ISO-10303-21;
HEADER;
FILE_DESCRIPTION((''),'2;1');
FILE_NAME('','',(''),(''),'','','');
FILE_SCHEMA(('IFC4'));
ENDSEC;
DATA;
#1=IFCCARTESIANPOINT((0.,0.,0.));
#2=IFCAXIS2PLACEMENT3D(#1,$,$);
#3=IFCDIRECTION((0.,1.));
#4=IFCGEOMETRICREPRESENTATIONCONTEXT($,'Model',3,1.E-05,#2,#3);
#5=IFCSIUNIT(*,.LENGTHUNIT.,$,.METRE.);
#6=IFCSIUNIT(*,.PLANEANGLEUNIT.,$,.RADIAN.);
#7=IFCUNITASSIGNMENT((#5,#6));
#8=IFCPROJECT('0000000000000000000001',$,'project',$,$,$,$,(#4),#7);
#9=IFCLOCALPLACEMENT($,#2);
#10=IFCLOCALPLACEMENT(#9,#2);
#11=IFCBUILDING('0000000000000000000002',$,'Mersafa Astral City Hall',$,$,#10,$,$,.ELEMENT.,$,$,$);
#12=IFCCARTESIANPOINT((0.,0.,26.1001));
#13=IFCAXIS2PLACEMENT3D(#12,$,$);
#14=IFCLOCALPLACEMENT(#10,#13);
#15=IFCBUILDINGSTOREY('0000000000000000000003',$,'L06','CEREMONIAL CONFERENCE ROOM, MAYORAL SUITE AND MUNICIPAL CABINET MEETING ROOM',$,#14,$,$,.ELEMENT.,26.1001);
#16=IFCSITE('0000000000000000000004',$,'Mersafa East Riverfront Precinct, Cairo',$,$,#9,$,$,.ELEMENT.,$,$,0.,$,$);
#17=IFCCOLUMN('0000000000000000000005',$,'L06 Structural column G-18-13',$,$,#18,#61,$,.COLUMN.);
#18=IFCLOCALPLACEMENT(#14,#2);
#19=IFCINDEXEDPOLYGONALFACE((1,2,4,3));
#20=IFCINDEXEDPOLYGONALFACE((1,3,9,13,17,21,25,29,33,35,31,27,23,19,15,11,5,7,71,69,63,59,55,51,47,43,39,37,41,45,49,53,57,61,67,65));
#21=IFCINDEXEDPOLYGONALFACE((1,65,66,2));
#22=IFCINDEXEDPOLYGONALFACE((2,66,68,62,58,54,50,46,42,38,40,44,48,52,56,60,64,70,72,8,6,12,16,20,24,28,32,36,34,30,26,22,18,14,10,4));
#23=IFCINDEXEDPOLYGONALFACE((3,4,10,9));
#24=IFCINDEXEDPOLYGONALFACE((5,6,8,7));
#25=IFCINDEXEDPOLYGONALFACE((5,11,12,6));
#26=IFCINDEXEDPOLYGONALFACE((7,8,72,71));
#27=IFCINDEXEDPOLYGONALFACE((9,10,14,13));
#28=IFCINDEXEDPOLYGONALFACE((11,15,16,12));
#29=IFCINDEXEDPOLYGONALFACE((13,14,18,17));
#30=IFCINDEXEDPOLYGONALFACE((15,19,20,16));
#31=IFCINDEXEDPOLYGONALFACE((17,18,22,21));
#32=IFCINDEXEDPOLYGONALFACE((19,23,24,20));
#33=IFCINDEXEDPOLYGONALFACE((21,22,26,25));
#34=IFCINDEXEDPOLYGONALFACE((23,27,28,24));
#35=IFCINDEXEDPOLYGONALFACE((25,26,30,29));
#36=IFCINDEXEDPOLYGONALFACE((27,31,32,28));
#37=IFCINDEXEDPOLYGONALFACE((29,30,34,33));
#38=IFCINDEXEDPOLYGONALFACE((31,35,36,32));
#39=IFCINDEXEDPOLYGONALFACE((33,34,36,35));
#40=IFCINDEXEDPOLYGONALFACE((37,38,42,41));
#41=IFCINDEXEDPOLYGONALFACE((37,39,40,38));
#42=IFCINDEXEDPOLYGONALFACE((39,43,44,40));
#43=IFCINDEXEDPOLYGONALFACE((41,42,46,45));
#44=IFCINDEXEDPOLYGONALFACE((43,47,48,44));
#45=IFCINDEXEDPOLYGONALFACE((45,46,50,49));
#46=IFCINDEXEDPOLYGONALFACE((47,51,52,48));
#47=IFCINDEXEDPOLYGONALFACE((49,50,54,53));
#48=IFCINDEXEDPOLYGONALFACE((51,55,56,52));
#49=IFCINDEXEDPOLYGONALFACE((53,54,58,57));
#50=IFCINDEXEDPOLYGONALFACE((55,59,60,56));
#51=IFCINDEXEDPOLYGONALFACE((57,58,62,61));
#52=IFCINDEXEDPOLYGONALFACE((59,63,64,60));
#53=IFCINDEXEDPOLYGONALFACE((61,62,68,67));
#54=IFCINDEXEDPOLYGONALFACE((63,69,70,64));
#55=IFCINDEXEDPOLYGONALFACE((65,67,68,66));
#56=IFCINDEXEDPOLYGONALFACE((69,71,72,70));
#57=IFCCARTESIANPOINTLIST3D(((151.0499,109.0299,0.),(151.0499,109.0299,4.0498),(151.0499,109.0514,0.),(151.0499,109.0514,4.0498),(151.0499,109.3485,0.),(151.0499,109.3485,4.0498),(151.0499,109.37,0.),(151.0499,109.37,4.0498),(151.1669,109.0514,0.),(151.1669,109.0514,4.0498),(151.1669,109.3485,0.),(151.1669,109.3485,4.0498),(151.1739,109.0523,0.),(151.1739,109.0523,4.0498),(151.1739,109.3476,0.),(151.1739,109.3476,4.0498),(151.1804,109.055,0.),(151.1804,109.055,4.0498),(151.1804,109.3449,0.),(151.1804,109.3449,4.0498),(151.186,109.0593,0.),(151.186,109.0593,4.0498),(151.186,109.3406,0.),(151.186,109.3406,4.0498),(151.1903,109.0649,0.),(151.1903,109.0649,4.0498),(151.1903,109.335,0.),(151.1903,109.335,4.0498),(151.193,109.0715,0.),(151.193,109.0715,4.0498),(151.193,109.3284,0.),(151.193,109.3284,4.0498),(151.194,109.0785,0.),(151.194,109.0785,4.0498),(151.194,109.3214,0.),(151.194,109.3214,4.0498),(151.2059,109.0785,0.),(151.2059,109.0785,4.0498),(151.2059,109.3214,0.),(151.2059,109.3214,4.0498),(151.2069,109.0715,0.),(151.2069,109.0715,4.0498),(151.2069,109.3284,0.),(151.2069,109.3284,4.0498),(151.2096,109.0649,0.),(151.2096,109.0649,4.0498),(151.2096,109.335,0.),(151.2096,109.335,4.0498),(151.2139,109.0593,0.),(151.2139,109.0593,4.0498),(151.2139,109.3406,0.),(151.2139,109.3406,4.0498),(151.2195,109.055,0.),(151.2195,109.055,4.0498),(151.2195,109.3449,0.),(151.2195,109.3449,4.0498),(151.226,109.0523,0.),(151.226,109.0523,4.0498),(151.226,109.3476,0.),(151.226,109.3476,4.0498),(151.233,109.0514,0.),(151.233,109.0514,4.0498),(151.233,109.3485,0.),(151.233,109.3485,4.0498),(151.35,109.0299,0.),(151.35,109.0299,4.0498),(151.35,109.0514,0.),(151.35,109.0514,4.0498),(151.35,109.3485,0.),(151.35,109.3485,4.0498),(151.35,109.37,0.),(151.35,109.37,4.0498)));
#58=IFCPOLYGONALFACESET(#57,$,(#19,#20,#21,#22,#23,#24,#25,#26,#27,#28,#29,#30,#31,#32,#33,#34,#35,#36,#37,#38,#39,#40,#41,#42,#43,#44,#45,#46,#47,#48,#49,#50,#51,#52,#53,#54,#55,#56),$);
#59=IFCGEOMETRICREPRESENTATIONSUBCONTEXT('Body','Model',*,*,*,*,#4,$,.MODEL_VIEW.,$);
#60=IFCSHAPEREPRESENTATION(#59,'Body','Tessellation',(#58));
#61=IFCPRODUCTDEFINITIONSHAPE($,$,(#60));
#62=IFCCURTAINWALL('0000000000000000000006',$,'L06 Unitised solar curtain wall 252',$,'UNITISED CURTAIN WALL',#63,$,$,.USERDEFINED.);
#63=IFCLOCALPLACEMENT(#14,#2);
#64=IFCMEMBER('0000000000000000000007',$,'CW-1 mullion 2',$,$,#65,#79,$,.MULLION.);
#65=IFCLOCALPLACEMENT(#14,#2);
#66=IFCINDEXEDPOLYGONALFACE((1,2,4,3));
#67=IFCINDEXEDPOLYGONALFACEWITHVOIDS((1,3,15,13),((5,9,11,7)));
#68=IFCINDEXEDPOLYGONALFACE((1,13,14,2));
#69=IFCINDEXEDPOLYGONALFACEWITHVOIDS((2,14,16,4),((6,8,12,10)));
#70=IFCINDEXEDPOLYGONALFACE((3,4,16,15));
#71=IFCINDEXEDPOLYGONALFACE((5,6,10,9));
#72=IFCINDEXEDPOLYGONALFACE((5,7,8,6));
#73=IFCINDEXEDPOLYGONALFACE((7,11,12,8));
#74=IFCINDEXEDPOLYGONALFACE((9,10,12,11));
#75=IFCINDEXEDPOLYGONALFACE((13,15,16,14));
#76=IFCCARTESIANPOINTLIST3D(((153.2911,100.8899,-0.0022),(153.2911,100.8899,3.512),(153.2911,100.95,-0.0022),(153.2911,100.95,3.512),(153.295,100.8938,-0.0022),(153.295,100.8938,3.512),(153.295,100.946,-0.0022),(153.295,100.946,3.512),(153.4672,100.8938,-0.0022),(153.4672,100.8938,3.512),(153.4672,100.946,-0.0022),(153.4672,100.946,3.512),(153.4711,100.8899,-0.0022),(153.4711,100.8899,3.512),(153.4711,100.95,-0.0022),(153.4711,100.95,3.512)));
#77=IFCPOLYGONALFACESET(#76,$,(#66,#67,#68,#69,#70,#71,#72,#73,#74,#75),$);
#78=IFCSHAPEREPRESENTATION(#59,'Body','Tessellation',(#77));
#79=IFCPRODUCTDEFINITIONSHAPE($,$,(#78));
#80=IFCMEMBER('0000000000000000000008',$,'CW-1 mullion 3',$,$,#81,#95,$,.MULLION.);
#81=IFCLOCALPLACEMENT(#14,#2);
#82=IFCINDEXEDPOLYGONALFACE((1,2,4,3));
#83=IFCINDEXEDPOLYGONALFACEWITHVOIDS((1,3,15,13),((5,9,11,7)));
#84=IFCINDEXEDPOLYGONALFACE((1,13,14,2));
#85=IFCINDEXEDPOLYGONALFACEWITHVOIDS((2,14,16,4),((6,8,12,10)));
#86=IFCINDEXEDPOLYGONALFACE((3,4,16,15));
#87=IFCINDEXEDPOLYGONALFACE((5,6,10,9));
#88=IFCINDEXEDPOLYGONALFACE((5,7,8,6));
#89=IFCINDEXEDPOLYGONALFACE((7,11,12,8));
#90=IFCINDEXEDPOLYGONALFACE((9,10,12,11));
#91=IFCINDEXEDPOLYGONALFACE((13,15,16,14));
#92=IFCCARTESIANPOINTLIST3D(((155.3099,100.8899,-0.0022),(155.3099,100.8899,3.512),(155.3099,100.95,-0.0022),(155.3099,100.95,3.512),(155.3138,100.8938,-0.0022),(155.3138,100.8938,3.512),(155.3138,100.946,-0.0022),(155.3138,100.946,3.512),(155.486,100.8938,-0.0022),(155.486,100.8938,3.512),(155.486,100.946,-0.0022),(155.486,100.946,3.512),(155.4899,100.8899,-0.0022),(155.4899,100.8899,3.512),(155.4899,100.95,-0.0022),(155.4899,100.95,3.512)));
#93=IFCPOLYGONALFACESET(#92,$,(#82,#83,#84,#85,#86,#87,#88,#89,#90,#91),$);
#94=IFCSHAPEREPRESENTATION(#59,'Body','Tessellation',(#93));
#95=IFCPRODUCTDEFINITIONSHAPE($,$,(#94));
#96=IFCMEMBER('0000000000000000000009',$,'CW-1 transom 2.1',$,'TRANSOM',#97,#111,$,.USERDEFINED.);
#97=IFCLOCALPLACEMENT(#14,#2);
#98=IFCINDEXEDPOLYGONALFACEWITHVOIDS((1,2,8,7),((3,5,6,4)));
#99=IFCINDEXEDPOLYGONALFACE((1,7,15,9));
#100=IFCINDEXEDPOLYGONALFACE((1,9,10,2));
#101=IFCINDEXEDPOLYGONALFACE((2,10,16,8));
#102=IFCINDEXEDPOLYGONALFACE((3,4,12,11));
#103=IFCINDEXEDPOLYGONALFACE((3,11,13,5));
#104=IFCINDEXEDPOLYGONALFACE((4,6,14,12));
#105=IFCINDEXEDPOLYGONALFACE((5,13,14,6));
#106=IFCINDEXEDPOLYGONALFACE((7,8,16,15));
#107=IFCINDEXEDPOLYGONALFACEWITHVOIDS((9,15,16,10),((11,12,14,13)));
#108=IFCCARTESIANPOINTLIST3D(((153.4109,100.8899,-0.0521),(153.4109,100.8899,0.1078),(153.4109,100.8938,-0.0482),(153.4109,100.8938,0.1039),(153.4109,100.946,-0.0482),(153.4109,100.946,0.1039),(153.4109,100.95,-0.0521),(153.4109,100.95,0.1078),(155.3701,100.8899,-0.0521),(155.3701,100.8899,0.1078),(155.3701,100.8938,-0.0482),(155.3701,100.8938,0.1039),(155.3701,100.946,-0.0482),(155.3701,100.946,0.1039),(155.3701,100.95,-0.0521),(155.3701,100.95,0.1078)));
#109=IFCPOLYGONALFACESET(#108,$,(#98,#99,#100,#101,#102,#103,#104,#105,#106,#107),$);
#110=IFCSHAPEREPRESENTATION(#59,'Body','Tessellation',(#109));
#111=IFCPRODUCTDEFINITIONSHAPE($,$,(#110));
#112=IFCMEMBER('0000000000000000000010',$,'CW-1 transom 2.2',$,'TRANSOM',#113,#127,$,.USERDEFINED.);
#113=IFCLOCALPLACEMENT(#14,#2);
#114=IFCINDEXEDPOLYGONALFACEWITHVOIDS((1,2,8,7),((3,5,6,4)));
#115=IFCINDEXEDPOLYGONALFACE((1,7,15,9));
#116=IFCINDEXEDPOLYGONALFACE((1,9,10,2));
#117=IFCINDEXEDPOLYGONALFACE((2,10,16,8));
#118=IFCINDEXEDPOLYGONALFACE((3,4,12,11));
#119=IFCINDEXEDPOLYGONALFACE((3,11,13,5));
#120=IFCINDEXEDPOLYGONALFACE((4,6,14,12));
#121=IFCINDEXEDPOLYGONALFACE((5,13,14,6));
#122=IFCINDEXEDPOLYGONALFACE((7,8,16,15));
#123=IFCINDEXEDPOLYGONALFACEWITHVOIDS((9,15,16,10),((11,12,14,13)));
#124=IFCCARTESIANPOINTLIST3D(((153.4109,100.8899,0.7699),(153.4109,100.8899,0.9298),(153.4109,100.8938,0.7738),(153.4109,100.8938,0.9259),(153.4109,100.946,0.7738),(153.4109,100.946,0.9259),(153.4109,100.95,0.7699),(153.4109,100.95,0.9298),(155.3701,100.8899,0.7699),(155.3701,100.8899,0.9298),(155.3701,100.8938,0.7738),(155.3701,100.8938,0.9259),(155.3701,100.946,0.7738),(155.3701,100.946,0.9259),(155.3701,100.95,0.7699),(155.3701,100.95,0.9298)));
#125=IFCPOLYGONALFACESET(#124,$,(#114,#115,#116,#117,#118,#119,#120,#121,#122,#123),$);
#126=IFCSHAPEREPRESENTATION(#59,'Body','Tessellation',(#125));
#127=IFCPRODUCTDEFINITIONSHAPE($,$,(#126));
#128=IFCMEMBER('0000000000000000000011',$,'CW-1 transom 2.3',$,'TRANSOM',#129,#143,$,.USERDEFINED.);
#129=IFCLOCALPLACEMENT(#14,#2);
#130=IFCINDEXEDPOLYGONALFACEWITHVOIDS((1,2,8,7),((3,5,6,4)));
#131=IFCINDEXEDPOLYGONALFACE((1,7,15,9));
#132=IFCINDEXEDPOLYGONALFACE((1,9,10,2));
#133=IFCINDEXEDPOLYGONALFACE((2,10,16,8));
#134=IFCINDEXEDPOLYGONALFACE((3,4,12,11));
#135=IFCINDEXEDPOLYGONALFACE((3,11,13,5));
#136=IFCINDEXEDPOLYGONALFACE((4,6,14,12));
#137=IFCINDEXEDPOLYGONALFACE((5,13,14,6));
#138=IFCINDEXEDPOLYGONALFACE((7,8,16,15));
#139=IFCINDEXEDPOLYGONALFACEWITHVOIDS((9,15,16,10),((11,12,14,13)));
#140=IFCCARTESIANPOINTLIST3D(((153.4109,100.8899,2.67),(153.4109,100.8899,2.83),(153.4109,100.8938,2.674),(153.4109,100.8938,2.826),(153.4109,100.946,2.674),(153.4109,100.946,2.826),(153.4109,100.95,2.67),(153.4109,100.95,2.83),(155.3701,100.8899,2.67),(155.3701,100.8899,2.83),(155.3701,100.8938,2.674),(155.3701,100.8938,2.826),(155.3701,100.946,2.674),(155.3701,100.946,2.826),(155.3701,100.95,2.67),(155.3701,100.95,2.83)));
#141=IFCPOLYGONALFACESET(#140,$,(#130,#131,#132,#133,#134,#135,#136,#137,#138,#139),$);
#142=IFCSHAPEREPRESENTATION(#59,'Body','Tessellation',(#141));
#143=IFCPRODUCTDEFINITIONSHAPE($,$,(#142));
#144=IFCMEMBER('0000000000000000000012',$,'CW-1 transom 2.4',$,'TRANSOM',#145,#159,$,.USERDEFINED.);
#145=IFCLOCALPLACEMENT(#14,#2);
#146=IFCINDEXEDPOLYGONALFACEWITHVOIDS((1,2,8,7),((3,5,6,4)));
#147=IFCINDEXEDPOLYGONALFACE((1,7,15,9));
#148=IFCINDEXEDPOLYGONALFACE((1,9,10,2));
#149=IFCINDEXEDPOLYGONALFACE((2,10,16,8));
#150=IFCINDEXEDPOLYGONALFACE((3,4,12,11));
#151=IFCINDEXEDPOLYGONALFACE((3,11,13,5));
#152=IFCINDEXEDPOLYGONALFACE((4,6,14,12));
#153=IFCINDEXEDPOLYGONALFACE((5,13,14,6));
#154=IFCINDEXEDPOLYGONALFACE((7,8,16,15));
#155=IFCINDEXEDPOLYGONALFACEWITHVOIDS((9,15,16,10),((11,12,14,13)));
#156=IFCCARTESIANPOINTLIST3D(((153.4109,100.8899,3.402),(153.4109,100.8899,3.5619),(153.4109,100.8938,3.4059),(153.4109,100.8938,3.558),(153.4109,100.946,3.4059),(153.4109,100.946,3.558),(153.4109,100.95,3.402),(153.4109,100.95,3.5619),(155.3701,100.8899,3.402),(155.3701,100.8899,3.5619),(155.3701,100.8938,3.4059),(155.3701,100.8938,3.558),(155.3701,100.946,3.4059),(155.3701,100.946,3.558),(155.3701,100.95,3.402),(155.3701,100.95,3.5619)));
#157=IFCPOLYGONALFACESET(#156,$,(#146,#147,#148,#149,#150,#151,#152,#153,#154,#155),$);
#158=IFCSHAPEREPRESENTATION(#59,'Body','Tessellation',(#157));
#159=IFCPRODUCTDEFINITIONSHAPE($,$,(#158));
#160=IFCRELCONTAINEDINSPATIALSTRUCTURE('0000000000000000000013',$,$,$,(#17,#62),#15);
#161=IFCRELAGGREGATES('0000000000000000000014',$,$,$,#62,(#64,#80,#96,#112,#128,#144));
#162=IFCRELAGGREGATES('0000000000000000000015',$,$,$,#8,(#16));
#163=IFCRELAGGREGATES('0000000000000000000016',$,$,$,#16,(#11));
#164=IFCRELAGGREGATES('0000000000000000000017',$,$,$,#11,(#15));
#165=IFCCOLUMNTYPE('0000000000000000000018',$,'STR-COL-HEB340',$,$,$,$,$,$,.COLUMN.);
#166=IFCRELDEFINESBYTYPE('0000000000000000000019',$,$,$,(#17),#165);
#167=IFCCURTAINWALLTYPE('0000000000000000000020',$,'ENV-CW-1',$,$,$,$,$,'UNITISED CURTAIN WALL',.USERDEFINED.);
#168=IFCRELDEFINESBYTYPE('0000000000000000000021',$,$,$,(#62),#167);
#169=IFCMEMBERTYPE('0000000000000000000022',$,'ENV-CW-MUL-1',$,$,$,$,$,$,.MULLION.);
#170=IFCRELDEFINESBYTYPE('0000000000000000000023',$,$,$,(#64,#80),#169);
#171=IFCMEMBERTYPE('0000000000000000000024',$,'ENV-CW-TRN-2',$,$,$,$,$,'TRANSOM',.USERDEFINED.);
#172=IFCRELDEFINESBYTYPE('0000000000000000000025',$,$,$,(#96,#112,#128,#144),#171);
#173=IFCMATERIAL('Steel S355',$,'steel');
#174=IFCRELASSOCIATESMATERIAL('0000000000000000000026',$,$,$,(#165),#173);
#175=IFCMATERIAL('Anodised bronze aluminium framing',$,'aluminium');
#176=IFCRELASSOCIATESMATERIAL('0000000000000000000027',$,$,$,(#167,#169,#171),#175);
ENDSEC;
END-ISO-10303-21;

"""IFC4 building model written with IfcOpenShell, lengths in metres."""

from ifc_helpers import new_model, si_unit, direction, frame, origin, origin_2d, place, context, subcontext, project, spatial, hollow_rectangle, i_section, extrude, material, material_profile, profile_set, type_object, element, aggregate, save


model = new_model("IFC4")

# Units and contexts
model_context = context("Model", 3, precision=1e-05, world=origin(), true_north=direction((0.0, 1.0)))
body_context = subcontext(model_context, "Body", "Model", "MODEL_VIEW")
ifc_project = project(units=[si_unit("LENGTHUNIT", "METRE"), si_unit("PLANEANGLEUNIT", "RADIAN")], contexts=[model_context])

# Site, building, storey
site_placement = place(None, origin())
site = spatial("IfcSite", under=ifc_project, at=site_placement, Name="Mersafa East Riverfront Precinct, Cairo", CompositionType="ELEMENT", RefElevation=0.0)
building_placement = place(site_placement, origin())
building = spatial("IfcBuilding", under=site, at=building_placement, Name="Mersafa Astral City Hall", CompositionType="ELEMENT")
storey_placement = place(building_placement, frame((0.0, 0.0, 26.1001)))
storey = spatial("IfcBuildingStorey", under=building, at=storey_placement, Name="L06", Description="CEREMONIAL CONFERENCE ROOM, MAYORAL SUITE AND MUNICIPAL CABINET MEETING ROOM", CompositionType="ELEMENT", Elevation=26.1001)

# Column
ifc_material_1 = material(Name="Steel S355", Category="steel")
ifc_material_profile_1 = material_profile(ifc_material_1, i_section(OverallWidth=0.3, OverallDepth=0.3401, WebThickness=0.012, FlangeThickness=0.0215, FilletRadius=0.0271, at=origin_2d()), Name="HEB 340")
ifc_profile_set_1 = profile_set([ifc_material_profile_1], Name="Steel S355")
column_type = type_object("IfcColumnType", Name="STR-COL-HEB340", PredefinedType="COLUMN", material=ifc_profile_set_1)
column_placement = place(storey_placement, frame((151.2, 109.2, 0.0), z_axis=(0.0, 0.0, 1.0), x_axis=(1.0, 0.0, 0.0)))
element("IfcColumn", 1, at=column_placement, inside=storey, type_object=column_type, Name="L06 Structural column G-18-13", PredefinedType="COLUMN", context=body_context, shape_type="SweptSolid", body=[
    extrude(i_section(OverallWidth=0.3, OverallDepth=0.3401, WebThickness=0.012, FlangeThickness=0.0215, FilletRadius=0.0271, at=origin_2d()), origin(), (0.0, 0.0, 1.0), 4.0498),
])

# Curtain wall, members
ifc_material_2 = material(Name="Anodised bronze aluminium framing", Category="aluminium")
curtain_wall_type = type_object("IfcCurtainWallType", Name="ENV-CW-1", ElementType="UNITISED CURTAIN WALL", PredefinedType="USERDEFINED", material=ifc_material_2)
curtain_wall_placement = place(storey_placement, origin())
curtain_wall = element("IfcCurtainWall", 2, at=curtain_wall_placement, inside=storey, type_object=curtain_wall_type, Name="L06 Unitised solar curtain wall 252", ObjectType="UNITISED CURTAIN WALL", PredefinedType="USERDEFINED")
ifc_material_profile_2 = material_profile(ifc_material_2, hollow_rectangle(XDim=0.0601, YDim=0.1799, WallThickness=0.0039, at=origin_2d()), Name="RHS 60x180x4")
ifc_profile_set_2 = profile_set([ifc_material_profile_2], Name="Anodised bronze aluminium framing")
member_type_1 = type_object("IfcMemberType", Name="ENV-CW-MUL-1", PredefinedType="MULLION", material=ifc_profile_set_2)
member_1_placement = place(storey_placement, frame((153.3811, 100.9199, -0.0022), z_axis=(0.0, 0.0, 1.0), x_axis=(0.0, 1.0, 0.0)))
member_1 = element("IfcMember", 3, at=member_1_placement, type_object=member_type_1, Name="CW-1 mullion 2", PredefinedType="MULLION", context=body_context, shape_type="SweptSolid", body=[
    extrude(hollow_rectangle(XDim=0.0601, YDim=0.1799, WallThickness=0.0039, at=origin_2d()), origin(), (0.0, 0.0, 1.0), 3.5142),
])
member_2_placement = place(storey_placement, frame((155.3999, 100.9199, -0.0022), z_axis=(0.0, 0.0, 1.0), x_axis=(0.0, 1.0, 0.0)))
member_2 = element("IfcMember", 4, at=member_2_placement, type_object=member_type_1, Name="CW-1 mullion 3", PredefinedType="MULLION", context=body_context, shape_type="SweptSolid", body=[
    extrude(hollow_rectangle(XDim=0.0601, YDim=0.1799, WallThickness=0.0039, at=origin_2d()), origin(), (0.0, 0.0, 1.0), 3.5142),
])
ifc_material_profile_3 = material_profile(ifc_material_2, hollow_rectangle(XDim=0.0601, YDim=0.1599, WallThickness=0.0039, at=origin_2d()), Name="RHS 60x160x4")
ifc_profile_set_3 = profile_set([ifc_material_profile_3], Name="Anodised bronze aluminium framing")
member_type_2 = type_object("IfcMemberType", Name="ENV-CW-TRN-2", ElementType="TRANSOM", PredefinedType="USERDEFINED", material=ifc_profile_set_3)
member_3_placement = place(storey_placement, frame((153.4109, 100.9199, 0.0278), z_axis=(1.0, 0.0, 0.0), x_axis=(0.0, 1.0, 0.0)))
member_3 = element("IfcMember", 5, at=member_3_placement, type_object=member_type_2, Name="CW-1 transom 2.1", ObjectType="TRANSOM", PredefinedType="USERDEFINED", context=body_context, shape_type="SweptSolid", body=[
    extrude(hollow_rectangle(XDim=0.0601, YDim=0.1599, WallThickness=0.0039, at=origin_2d()), origin(), (0.0, 0.0, 1.0), 1.9592),
])
member_4_placement = place(storey_placement, frame((153.4109, 100.9199, 0.8499), z_axis=(1.0, 0.0, 0.0), x_axis=(0.0, 1.0, 0.0)))
member_4 = element("IfcMember", 6, at=member_4_placement, type_object=member_type_2, Name="CW-1 transom 2.2", ObjectType="TRANSOM", PredefinedType="USERDEFINED", context=body_context, shape_type="SweptSolid", body=[
    extrude(hollow_rectangle(XDim=0.0601, YDim=0.1599, WallThickness=0.0039, at=origin_2d()), origin(), (0.0, 0.0, 1.0), 1.9592),
])
member_5_placement = place(storey_placement, frame((153.4109, 100.9199, 2.75), z_axis=(1.0, 0.0, 0.0), x_axis=(0.0, 1.0, 0.0)))
member_5 = element("IfcMember", 7, at=member_5_placement, type_object=member_type_2, Name="CW-1 transom 2.3", ObjectType="TRANSOM", PredefinedType="USERDEFINED", context=body_context, shape_type="SweptSolid", body=[
    extrude(hollow_rectangle(XDim=0.0601, YDim=0.1599, WallThickness=0.0039, at=origin_2d()), origin(), (0.0, 0.0, 1.0), 1.9592),
])
member_6_placement = place(storey_placement, frame((153.4109, 100.9199, 3.4819), z_axis=(1.0, 0.0, 0.0), x_axis=(0.0, 1.0, 0.0)))
member_6 = element("IfcMember", 8, at=member_6_placement, type_object=member_type_2, Name="CW-1 transom 2.4", ObjectType="TRANSOM", PredefinedType="USERDEFINED", context=body_context, shape_type="SweptSolid", body=[
    extrude(hollow_rectangle(XDim=0.0601, YDim=0.1599, WallThickness=0.0039, at=origin_2d()), origin(), (0.0, 0.0, 1.0), 1.9592),
])

aggregate(curtain_wall, [member_1, member_2, member_3, member_4, member_5, member_6])

save(model, "model.ifc")
